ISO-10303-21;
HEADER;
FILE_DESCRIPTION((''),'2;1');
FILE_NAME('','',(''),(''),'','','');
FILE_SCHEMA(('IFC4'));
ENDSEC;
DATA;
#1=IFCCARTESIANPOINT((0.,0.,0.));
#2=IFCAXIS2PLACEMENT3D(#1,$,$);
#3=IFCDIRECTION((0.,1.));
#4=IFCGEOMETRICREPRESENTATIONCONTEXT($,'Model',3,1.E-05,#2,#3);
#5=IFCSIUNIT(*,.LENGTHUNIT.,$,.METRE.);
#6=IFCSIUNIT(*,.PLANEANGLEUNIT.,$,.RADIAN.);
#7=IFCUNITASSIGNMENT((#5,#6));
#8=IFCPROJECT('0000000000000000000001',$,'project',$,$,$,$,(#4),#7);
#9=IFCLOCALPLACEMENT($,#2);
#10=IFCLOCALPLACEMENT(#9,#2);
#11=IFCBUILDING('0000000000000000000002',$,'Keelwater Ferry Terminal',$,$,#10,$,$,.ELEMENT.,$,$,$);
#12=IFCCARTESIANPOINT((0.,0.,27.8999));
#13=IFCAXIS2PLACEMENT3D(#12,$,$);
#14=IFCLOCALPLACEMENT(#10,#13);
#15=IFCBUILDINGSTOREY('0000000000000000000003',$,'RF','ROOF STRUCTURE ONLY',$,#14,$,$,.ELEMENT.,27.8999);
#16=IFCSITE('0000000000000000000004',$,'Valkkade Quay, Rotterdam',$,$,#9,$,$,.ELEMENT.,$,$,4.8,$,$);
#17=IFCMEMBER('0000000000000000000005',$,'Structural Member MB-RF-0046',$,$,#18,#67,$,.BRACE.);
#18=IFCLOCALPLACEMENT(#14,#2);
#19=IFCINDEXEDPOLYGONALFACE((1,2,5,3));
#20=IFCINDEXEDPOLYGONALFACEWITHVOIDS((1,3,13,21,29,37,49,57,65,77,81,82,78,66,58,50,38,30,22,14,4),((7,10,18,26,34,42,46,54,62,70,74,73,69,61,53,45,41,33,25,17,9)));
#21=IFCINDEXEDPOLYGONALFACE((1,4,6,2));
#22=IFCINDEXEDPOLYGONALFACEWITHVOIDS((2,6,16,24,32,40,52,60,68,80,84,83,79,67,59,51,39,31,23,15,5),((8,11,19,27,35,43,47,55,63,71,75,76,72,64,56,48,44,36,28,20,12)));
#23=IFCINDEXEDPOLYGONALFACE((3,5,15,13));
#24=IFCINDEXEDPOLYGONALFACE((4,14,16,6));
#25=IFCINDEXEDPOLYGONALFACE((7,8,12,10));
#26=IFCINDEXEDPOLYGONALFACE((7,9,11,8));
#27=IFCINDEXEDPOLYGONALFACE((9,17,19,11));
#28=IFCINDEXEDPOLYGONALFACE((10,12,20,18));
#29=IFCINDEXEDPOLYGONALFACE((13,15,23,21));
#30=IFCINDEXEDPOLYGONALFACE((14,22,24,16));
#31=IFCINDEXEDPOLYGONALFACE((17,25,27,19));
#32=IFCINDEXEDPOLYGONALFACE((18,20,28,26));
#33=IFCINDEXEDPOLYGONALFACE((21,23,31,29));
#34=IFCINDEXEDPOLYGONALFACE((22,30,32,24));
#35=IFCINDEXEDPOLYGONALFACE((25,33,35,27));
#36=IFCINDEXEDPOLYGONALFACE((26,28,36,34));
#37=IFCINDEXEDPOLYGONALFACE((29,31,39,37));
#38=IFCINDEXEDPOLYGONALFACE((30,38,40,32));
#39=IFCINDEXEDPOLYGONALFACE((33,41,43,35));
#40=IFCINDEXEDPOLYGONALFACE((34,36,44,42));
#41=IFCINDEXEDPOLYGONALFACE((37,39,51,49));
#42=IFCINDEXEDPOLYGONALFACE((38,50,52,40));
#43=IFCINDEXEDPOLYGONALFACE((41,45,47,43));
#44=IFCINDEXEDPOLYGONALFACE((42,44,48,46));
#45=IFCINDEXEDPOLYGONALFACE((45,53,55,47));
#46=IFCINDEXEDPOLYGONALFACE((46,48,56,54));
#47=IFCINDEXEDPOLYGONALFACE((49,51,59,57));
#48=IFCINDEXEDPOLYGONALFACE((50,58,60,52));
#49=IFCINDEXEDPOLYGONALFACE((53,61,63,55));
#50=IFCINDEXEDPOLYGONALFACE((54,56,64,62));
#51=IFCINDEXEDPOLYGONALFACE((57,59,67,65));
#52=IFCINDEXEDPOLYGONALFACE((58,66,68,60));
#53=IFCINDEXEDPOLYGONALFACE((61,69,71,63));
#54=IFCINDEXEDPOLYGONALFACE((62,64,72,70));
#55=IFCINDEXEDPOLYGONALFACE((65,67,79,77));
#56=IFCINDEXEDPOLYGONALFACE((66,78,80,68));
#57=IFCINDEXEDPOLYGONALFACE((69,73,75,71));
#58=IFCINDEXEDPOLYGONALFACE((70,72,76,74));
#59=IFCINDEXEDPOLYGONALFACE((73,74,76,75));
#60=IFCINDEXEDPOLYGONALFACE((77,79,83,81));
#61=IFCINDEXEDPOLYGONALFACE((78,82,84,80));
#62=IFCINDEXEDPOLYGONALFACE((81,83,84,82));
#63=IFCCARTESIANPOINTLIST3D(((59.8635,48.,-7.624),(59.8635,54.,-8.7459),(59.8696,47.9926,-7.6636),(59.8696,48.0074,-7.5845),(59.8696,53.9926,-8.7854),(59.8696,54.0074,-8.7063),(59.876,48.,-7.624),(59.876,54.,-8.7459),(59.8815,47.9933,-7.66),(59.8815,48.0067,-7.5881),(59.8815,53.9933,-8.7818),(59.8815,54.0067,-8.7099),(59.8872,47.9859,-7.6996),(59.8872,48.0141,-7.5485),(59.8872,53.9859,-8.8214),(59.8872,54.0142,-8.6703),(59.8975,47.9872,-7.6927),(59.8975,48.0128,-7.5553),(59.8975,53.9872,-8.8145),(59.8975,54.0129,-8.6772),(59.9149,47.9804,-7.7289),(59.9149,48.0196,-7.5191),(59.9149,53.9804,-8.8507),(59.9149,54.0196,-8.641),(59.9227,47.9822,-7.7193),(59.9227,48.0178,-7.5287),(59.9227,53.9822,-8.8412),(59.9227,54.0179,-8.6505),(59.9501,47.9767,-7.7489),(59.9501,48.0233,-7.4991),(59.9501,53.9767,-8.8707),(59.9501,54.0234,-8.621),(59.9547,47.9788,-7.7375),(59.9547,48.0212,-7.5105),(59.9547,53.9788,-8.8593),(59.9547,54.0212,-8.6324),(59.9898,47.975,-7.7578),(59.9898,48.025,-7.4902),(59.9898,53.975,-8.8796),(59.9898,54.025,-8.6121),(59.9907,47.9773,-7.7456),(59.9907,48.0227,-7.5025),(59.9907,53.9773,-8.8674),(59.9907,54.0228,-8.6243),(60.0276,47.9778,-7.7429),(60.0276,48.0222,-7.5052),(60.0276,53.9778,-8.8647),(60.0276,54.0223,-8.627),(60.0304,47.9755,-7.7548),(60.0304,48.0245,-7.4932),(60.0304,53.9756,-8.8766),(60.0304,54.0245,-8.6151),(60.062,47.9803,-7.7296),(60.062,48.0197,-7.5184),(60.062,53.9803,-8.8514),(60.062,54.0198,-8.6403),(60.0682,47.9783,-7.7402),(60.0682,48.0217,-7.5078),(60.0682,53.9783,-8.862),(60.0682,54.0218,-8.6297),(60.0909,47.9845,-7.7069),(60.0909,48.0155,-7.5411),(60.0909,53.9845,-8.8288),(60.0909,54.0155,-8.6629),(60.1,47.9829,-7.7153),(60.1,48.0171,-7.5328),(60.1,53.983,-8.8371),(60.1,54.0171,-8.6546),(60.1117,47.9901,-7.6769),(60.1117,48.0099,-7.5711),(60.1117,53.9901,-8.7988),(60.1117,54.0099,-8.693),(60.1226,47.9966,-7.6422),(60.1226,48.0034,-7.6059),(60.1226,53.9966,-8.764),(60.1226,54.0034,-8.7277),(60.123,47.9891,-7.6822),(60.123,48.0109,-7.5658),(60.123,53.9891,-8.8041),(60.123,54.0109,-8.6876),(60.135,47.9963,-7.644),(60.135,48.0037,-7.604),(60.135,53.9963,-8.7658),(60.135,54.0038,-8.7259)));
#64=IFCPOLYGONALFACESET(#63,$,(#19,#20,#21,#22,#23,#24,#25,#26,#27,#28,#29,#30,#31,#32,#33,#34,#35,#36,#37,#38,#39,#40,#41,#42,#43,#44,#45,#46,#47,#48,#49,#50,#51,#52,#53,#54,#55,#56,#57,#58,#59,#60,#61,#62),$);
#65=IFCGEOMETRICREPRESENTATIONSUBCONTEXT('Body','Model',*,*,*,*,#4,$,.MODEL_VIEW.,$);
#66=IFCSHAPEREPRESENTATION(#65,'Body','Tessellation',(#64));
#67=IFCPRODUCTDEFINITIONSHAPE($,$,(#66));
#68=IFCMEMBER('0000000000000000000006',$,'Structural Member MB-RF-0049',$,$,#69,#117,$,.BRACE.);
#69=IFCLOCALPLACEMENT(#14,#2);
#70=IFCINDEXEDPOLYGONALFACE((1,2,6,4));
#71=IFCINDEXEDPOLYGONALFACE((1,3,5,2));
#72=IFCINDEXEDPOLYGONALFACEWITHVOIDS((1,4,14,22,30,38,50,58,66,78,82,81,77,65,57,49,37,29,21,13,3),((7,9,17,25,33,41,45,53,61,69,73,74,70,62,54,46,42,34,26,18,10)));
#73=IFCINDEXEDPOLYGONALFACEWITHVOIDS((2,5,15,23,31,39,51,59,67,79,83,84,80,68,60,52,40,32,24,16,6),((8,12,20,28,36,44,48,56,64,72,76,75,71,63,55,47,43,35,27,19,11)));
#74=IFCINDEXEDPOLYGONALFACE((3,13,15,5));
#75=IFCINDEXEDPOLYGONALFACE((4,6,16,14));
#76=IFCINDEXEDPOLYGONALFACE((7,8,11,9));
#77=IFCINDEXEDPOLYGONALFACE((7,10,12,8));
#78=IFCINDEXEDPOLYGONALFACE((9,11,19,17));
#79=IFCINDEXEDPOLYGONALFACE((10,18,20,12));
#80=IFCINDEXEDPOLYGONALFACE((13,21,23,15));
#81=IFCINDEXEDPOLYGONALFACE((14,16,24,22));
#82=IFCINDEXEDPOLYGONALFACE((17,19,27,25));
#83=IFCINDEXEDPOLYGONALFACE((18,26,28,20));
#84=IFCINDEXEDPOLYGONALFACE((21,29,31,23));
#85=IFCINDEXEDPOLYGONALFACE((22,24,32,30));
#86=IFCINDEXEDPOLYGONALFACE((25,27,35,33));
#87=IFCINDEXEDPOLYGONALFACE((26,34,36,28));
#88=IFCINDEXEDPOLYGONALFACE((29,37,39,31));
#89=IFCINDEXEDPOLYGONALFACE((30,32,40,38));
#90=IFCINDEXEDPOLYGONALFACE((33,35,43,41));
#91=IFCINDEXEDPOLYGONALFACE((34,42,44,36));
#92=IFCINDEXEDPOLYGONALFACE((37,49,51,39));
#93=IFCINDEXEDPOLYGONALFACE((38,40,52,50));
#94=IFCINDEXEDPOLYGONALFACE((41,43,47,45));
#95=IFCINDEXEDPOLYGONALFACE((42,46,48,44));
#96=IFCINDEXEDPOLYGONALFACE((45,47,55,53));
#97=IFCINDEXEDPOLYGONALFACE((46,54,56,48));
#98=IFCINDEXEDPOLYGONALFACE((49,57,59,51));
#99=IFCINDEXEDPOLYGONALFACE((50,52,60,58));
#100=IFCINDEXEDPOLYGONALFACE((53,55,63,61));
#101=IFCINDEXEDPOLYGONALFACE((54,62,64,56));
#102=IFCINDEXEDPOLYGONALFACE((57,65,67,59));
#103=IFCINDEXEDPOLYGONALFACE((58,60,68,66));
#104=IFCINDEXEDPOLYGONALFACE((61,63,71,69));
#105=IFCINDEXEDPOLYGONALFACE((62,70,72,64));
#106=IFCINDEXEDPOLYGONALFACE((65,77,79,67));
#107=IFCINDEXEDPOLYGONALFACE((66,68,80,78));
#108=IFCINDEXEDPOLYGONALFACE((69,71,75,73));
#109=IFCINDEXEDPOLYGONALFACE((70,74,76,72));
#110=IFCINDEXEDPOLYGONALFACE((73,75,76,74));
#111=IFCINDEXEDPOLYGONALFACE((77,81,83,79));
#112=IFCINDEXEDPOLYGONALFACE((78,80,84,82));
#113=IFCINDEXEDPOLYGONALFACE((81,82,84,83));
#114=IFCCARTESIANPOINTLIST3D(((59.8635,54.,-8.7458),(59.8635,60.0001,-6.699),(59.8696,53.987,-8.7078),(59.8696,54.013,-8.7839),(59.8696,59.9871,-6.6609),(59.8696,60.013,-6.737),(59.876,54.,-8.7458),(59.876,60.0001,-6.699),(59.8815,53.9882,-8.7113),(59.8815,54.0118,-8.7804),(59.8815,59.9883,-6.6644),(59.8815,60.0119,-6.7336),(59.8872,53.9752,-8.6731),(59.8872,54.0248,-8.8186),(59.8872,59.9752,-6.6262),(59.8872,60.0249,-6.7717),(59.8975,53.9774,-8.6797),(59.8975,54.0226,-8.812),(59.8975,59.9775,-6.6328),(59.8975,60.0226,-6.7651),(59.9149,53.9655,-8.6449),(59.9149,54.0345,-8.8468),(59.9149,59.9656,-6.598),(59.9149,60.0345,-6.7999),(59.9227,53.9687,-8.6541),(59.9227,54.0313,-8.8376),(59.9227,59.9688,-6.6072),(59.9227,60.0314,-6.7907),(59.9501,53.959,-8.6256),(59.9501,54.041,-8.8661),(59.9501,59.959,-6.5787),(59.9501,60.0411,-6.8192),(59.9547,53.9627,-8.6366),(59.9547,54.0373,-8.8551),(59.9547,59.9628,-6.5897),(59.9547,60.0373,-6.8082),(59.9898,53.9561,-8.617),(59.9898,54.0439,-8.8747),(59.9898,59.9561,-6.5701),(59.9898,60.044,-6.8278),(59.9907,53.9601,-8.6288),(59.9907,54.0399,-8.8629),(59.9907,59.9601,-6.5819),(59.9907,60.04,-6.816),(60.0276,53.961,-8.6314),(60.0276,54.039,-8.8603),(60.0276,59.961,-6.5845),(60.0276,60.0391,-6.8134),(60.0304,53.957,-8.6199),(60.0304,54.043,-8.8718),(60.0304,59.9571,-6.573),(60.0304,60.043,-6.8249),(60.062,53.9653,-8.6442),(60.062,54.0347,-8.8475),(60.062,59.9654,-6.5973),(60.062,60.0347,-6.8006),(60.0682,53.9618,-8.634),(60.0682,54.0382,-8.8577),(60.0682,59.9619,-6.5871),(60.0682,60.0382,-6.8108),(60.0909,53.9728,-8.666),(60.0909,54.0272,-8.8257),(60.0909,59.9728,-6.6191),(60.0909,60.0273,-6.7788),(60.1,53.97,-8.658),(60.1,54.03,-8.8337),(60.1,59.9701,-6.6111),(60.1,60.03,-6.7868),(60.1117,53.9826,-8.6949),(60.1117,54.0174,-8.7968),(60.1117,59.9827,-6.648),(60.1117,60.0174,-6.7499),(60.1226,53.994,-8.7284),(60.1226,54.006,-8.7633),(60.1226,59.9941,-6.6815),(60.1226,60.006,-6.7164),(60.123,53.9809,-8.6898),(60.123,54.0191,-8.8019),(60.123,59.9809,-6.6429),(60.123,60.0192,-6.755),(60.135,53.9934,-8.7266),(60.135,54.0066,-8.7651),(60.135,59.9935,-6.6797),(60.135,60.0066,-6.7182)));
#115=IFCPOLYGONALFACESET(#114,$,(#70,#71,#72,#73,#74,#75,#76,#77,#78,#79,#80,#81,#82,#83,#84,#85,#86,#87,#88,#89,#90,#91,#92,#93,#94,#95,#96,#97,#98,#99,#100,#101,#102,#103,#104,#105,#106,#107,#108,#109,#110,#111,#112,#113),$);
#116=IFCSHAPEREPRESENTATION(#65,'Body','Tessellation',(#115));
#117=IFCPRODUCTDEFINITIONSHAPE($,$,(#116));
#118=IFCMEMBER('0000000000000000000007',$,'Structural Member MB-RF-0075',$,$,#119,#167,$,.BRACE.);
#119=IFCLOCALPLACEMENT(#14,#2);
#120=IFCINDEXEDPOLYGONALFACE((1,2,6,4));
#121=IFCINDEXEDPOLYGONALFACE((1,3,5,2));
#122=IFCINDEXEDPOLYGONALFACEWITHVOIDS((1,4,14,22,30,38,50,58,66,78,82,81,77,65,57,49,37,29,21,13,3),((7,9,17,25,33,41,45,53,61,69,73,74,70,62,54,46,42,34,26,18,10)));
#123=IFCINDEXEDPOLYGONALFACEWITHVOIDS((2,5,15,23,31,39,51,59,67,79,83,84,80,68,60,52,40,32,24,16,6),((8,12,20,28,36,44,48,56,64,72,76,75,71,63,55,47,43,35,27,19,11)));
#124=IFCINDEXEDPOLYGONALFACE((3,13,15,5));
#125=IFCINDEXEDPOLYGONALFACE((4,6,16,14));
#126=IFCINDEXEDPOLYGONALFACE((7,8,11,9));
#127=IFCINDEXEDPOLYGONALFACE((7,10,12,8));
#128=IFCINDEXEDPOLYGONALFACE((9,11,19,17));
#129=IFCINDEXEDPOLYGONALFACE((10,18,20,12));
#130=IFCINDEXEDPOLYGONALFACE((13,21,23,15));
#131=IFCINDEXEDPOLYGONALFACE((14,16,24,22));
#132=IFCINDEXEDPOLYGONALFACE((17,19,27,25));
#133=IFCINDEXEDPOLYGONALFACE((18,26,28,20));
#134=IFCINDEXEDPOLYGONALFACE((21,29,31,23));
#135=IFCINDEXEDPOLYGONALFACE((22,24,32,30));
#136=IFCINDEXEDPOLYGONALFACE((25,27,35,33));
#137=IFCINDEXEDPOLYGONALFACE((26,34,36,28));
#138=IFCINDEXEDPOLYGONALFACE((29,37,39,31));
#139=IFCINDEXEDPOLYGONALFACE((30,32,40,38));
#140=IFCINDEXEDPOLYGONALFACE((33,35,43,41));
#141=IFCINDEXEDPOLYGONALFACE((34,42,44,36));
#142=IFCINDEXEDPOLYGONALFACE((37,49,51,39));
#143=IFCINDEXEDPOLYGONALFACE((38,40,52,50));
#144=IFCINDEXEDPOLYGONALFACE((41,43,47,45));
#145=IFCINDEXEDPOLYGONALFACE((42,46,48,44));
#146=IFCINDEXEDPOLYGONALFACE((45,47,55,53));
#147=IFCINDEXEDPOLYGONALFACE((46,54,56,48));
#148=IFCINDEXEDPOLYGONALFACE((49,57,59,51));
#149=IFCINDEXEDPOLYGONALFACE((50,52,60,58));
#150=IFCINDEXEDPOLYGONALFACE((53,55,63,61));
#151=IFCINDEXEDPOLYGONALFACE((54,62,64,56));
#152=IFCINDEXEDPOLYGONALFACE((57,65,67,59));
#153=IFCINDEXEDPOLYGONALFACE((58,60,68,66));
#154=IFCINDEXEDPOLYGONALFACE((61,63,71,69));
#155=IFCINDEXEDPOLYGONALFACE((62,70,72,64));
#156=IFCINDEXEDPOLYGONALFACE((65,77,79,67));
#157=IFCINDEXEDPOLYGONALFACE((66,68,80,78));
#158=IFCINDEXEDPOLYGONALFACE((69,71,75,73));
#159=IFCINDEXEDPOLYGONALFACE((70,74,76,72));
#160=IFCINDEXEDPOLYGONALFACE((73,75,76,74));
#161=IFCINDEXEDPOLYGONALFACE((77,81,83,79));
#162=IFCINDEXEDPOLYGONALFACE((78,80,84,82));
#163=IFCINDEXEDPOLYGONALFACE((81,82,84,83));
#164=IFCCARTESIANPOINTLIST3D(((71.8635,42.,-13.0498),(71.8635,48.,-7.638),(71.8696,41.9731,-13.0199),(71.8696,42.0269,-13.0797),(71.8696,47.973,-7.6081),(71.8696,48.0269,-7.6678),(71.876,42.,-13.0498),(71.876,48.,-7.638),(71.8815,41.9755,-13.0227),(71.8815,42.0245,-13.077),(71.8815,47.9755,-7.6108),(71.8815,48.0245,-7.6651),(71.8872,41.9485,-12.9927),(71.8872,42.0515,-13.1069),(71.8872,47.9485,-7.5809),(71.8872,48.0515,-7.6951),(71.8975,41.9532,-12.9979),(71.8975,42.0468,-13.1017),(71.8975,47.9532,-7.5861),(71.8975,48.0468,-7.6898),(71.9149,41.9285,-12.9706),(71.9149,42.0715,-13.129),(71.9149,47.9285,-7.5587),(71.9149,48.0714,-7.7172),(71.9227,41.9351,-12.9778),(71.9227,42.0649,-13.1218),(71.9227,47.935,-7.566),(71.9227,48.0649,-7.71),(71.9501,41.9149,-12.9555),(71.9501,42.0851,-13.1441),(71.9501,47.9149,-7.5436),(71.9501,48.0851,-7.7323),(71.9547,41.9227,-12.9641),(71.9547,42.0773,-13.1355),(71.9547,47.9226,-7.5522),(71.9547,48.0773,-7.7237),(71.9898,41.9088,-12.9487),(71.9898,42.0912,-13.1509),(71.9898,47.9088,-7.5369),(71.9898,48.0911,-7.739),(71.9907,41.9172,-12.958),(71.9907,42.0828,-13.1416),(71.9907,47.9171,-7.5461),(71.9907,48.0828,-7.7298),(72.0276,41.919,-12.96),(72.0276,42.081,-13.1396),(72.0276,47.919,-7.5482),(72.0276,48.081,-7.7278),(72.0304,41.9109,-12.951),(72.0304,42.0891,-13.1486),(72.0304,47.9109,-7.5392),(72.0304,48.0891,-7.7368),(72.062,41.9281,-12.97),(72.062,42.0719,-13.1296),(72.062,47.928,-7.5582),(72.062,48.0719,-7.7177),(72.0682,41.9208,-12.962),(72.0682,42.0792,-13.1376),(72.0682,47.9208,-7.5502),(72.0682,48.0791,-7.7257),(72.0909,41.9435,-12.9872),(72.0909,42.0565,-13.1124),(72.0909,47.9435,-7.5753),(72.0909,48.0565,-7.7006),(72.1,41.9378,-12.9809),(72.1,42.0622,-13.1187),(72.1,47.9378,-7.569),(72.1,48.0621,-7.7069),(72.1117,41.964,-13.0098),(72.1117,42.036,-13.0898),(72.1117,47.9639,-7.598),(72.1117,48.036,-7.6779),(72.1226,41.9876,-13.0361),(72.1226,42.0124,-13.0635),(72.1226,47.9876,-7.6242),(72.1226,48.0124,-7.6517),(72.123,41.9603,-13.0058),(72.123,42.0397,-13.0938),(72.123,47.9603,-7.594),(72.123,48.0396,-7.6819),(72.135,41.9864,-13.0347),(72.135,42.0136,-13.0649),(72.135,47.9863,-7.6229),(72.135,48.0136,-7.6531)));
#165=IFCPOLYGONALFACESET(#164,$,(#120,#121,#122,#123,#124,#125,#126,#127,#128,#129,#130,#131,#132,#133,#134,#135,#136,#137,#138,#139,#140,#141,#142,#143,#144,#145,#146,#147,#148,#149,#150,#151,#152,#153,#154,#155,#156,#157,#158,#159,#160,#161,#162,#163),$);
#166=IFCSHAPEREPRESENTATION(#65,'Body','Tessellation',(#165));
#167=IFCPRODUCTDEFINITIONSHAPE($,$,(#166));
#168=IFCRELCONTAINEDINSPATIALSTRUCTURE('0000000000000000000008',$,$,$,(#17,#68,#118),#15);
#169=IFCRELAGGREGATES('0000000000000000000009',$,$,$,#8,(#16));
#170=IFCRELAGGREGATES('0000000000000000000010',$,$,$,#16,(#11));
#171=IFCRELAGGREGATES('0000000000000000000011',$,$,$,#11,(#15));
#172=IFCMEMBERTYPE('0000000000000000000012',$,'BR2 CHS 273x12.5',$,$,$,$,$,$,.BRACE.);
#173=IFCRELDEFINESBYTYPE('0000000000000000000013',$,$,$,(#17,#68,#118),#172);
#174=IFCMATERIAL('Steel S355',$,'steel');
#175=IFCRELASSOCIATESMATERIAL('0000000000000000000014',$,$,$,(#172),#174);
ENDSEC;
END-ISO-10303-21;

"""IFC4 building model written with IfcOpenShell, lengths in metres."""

from ifc_helpers import new_model, si_unit, direction, frame, origin, origin_2d, place, context, subcontext, project, spatial, hollow_circle, extrude, material, material_profile, profile_set, type_object, element, save


model = new_model("IFC4")

# Units and contexts
model_context = context("Model", 3, precision=1e-05, world=origin(), true_north=direction((0.0, 1.0)))
body_context = subcontext(model_context, "Body", "Model", "MODEL_VIEW")
ifc_project = project(units=[si_unit("LENGTHUNIT", "METRE"), si_unit("PLANEANGLEUNIT", "RADIAN")], contexts=[model_context])

# Site, building, storey
site_placement = place(None, origin())
site = spatial("IfcSite", under=ifc_project, at=site_placement, Name="Valkkade Quay, Rotterdam", CompositionType="ELEMENT", RefElevation=4.8)
building_placement = place(site_placement, origin())
building = spatial("IfcBuilding", under=site, at=building_placement, Name="Keelwater Ferry Terminal", CompositionType="ELEMENT")
storey_placement = place(building_placement, frame((0.0, 0.0, 27.8999)))
storey = spatial("IfcBuildingStorey", under=building, at=storey_placement, Name="RF", Description="ROOF STRUCTURE ONLY", CompositionType="ELEMENT", Elevation=27.8999)

# Members
ifc_material_1 = material(Name="Steel S355", Category="steel")
ifc_material_profile_1 = material_profile(ifc_material_1, hollow_circle(Radius=0.1365, WallThickness=0.0125, at=origin_2d()), Name="CHS 273x12.5")
ifc_profile_set_1 = profile_set([ifc_material_profile_1], Name="Steel S355")
member_type_1 = type_object("IfcMemberType", Name="BR2 CHS 273x12.5", PredefinedType="BRACE", material=ifc_profile_set_1)
member_1_placement = place(storey_placement, frame((60.0, 48.0, -7.624), z_axis=(0.0, 0.982966, -0.183786), x_axis=(-1.0, 0.0, 0.0)))
element("IfcMember", 1, at=member_1_placement, inside=storey, type_object=member_type_1, Name="Structural Member MB-RF-0046", PredefinedType="BRACE", context=body_context, shape_type="SweptSolid", body=[
    extrude(hollow_circle(Radius=0.1365, WallThickness=0.0125, at=origin_2d()), origin(), (0.0, 0.0, 1.0), 6.104),
])
member_2_placement = place(storey_placement, frame((60.0, 54.0, -8.7458), z_axis=(0.0, 0.946442, 0.322875), x_axis=(-1.0, 0.0, 0.0)))
element("IfcMember", 2, at=member_2_placement, inside=storey, type_object=member_type_1, Name="Structural Member MB-RF-0049", PredefinedType="BRACE", context=body_context, shape_type="SweptSolid", body=[
    extrude(hollow_circle(Radius=0.1365, WallThickness=0.0125, at=origin_2d()), origin(), (0.0, 0.0, 1.0), 6.3396),
])
member_3_placement = place(storey_placement, frame((72.0, 42.0, -13.0498), z_axis=(0.0, 0.742564, 0.669776), x_axis=(-1.0, 0.0, 0.0)))
element("IfcMember", 3, at=member_3_placement, inside=storey, type_object=member_type_1, Name="Structural Member MB-RF-0075", PredefinedType="BRACE", context=body_context, shape_type="SweptSolid", body=[
    extrude(hollow_circle(Radius=0.1365, WallThickness=0.0125, at=origin_2d()), origin(), (0.0, 0.0, 1.0), 8.0801),
])

save(model, "model.ifc")
